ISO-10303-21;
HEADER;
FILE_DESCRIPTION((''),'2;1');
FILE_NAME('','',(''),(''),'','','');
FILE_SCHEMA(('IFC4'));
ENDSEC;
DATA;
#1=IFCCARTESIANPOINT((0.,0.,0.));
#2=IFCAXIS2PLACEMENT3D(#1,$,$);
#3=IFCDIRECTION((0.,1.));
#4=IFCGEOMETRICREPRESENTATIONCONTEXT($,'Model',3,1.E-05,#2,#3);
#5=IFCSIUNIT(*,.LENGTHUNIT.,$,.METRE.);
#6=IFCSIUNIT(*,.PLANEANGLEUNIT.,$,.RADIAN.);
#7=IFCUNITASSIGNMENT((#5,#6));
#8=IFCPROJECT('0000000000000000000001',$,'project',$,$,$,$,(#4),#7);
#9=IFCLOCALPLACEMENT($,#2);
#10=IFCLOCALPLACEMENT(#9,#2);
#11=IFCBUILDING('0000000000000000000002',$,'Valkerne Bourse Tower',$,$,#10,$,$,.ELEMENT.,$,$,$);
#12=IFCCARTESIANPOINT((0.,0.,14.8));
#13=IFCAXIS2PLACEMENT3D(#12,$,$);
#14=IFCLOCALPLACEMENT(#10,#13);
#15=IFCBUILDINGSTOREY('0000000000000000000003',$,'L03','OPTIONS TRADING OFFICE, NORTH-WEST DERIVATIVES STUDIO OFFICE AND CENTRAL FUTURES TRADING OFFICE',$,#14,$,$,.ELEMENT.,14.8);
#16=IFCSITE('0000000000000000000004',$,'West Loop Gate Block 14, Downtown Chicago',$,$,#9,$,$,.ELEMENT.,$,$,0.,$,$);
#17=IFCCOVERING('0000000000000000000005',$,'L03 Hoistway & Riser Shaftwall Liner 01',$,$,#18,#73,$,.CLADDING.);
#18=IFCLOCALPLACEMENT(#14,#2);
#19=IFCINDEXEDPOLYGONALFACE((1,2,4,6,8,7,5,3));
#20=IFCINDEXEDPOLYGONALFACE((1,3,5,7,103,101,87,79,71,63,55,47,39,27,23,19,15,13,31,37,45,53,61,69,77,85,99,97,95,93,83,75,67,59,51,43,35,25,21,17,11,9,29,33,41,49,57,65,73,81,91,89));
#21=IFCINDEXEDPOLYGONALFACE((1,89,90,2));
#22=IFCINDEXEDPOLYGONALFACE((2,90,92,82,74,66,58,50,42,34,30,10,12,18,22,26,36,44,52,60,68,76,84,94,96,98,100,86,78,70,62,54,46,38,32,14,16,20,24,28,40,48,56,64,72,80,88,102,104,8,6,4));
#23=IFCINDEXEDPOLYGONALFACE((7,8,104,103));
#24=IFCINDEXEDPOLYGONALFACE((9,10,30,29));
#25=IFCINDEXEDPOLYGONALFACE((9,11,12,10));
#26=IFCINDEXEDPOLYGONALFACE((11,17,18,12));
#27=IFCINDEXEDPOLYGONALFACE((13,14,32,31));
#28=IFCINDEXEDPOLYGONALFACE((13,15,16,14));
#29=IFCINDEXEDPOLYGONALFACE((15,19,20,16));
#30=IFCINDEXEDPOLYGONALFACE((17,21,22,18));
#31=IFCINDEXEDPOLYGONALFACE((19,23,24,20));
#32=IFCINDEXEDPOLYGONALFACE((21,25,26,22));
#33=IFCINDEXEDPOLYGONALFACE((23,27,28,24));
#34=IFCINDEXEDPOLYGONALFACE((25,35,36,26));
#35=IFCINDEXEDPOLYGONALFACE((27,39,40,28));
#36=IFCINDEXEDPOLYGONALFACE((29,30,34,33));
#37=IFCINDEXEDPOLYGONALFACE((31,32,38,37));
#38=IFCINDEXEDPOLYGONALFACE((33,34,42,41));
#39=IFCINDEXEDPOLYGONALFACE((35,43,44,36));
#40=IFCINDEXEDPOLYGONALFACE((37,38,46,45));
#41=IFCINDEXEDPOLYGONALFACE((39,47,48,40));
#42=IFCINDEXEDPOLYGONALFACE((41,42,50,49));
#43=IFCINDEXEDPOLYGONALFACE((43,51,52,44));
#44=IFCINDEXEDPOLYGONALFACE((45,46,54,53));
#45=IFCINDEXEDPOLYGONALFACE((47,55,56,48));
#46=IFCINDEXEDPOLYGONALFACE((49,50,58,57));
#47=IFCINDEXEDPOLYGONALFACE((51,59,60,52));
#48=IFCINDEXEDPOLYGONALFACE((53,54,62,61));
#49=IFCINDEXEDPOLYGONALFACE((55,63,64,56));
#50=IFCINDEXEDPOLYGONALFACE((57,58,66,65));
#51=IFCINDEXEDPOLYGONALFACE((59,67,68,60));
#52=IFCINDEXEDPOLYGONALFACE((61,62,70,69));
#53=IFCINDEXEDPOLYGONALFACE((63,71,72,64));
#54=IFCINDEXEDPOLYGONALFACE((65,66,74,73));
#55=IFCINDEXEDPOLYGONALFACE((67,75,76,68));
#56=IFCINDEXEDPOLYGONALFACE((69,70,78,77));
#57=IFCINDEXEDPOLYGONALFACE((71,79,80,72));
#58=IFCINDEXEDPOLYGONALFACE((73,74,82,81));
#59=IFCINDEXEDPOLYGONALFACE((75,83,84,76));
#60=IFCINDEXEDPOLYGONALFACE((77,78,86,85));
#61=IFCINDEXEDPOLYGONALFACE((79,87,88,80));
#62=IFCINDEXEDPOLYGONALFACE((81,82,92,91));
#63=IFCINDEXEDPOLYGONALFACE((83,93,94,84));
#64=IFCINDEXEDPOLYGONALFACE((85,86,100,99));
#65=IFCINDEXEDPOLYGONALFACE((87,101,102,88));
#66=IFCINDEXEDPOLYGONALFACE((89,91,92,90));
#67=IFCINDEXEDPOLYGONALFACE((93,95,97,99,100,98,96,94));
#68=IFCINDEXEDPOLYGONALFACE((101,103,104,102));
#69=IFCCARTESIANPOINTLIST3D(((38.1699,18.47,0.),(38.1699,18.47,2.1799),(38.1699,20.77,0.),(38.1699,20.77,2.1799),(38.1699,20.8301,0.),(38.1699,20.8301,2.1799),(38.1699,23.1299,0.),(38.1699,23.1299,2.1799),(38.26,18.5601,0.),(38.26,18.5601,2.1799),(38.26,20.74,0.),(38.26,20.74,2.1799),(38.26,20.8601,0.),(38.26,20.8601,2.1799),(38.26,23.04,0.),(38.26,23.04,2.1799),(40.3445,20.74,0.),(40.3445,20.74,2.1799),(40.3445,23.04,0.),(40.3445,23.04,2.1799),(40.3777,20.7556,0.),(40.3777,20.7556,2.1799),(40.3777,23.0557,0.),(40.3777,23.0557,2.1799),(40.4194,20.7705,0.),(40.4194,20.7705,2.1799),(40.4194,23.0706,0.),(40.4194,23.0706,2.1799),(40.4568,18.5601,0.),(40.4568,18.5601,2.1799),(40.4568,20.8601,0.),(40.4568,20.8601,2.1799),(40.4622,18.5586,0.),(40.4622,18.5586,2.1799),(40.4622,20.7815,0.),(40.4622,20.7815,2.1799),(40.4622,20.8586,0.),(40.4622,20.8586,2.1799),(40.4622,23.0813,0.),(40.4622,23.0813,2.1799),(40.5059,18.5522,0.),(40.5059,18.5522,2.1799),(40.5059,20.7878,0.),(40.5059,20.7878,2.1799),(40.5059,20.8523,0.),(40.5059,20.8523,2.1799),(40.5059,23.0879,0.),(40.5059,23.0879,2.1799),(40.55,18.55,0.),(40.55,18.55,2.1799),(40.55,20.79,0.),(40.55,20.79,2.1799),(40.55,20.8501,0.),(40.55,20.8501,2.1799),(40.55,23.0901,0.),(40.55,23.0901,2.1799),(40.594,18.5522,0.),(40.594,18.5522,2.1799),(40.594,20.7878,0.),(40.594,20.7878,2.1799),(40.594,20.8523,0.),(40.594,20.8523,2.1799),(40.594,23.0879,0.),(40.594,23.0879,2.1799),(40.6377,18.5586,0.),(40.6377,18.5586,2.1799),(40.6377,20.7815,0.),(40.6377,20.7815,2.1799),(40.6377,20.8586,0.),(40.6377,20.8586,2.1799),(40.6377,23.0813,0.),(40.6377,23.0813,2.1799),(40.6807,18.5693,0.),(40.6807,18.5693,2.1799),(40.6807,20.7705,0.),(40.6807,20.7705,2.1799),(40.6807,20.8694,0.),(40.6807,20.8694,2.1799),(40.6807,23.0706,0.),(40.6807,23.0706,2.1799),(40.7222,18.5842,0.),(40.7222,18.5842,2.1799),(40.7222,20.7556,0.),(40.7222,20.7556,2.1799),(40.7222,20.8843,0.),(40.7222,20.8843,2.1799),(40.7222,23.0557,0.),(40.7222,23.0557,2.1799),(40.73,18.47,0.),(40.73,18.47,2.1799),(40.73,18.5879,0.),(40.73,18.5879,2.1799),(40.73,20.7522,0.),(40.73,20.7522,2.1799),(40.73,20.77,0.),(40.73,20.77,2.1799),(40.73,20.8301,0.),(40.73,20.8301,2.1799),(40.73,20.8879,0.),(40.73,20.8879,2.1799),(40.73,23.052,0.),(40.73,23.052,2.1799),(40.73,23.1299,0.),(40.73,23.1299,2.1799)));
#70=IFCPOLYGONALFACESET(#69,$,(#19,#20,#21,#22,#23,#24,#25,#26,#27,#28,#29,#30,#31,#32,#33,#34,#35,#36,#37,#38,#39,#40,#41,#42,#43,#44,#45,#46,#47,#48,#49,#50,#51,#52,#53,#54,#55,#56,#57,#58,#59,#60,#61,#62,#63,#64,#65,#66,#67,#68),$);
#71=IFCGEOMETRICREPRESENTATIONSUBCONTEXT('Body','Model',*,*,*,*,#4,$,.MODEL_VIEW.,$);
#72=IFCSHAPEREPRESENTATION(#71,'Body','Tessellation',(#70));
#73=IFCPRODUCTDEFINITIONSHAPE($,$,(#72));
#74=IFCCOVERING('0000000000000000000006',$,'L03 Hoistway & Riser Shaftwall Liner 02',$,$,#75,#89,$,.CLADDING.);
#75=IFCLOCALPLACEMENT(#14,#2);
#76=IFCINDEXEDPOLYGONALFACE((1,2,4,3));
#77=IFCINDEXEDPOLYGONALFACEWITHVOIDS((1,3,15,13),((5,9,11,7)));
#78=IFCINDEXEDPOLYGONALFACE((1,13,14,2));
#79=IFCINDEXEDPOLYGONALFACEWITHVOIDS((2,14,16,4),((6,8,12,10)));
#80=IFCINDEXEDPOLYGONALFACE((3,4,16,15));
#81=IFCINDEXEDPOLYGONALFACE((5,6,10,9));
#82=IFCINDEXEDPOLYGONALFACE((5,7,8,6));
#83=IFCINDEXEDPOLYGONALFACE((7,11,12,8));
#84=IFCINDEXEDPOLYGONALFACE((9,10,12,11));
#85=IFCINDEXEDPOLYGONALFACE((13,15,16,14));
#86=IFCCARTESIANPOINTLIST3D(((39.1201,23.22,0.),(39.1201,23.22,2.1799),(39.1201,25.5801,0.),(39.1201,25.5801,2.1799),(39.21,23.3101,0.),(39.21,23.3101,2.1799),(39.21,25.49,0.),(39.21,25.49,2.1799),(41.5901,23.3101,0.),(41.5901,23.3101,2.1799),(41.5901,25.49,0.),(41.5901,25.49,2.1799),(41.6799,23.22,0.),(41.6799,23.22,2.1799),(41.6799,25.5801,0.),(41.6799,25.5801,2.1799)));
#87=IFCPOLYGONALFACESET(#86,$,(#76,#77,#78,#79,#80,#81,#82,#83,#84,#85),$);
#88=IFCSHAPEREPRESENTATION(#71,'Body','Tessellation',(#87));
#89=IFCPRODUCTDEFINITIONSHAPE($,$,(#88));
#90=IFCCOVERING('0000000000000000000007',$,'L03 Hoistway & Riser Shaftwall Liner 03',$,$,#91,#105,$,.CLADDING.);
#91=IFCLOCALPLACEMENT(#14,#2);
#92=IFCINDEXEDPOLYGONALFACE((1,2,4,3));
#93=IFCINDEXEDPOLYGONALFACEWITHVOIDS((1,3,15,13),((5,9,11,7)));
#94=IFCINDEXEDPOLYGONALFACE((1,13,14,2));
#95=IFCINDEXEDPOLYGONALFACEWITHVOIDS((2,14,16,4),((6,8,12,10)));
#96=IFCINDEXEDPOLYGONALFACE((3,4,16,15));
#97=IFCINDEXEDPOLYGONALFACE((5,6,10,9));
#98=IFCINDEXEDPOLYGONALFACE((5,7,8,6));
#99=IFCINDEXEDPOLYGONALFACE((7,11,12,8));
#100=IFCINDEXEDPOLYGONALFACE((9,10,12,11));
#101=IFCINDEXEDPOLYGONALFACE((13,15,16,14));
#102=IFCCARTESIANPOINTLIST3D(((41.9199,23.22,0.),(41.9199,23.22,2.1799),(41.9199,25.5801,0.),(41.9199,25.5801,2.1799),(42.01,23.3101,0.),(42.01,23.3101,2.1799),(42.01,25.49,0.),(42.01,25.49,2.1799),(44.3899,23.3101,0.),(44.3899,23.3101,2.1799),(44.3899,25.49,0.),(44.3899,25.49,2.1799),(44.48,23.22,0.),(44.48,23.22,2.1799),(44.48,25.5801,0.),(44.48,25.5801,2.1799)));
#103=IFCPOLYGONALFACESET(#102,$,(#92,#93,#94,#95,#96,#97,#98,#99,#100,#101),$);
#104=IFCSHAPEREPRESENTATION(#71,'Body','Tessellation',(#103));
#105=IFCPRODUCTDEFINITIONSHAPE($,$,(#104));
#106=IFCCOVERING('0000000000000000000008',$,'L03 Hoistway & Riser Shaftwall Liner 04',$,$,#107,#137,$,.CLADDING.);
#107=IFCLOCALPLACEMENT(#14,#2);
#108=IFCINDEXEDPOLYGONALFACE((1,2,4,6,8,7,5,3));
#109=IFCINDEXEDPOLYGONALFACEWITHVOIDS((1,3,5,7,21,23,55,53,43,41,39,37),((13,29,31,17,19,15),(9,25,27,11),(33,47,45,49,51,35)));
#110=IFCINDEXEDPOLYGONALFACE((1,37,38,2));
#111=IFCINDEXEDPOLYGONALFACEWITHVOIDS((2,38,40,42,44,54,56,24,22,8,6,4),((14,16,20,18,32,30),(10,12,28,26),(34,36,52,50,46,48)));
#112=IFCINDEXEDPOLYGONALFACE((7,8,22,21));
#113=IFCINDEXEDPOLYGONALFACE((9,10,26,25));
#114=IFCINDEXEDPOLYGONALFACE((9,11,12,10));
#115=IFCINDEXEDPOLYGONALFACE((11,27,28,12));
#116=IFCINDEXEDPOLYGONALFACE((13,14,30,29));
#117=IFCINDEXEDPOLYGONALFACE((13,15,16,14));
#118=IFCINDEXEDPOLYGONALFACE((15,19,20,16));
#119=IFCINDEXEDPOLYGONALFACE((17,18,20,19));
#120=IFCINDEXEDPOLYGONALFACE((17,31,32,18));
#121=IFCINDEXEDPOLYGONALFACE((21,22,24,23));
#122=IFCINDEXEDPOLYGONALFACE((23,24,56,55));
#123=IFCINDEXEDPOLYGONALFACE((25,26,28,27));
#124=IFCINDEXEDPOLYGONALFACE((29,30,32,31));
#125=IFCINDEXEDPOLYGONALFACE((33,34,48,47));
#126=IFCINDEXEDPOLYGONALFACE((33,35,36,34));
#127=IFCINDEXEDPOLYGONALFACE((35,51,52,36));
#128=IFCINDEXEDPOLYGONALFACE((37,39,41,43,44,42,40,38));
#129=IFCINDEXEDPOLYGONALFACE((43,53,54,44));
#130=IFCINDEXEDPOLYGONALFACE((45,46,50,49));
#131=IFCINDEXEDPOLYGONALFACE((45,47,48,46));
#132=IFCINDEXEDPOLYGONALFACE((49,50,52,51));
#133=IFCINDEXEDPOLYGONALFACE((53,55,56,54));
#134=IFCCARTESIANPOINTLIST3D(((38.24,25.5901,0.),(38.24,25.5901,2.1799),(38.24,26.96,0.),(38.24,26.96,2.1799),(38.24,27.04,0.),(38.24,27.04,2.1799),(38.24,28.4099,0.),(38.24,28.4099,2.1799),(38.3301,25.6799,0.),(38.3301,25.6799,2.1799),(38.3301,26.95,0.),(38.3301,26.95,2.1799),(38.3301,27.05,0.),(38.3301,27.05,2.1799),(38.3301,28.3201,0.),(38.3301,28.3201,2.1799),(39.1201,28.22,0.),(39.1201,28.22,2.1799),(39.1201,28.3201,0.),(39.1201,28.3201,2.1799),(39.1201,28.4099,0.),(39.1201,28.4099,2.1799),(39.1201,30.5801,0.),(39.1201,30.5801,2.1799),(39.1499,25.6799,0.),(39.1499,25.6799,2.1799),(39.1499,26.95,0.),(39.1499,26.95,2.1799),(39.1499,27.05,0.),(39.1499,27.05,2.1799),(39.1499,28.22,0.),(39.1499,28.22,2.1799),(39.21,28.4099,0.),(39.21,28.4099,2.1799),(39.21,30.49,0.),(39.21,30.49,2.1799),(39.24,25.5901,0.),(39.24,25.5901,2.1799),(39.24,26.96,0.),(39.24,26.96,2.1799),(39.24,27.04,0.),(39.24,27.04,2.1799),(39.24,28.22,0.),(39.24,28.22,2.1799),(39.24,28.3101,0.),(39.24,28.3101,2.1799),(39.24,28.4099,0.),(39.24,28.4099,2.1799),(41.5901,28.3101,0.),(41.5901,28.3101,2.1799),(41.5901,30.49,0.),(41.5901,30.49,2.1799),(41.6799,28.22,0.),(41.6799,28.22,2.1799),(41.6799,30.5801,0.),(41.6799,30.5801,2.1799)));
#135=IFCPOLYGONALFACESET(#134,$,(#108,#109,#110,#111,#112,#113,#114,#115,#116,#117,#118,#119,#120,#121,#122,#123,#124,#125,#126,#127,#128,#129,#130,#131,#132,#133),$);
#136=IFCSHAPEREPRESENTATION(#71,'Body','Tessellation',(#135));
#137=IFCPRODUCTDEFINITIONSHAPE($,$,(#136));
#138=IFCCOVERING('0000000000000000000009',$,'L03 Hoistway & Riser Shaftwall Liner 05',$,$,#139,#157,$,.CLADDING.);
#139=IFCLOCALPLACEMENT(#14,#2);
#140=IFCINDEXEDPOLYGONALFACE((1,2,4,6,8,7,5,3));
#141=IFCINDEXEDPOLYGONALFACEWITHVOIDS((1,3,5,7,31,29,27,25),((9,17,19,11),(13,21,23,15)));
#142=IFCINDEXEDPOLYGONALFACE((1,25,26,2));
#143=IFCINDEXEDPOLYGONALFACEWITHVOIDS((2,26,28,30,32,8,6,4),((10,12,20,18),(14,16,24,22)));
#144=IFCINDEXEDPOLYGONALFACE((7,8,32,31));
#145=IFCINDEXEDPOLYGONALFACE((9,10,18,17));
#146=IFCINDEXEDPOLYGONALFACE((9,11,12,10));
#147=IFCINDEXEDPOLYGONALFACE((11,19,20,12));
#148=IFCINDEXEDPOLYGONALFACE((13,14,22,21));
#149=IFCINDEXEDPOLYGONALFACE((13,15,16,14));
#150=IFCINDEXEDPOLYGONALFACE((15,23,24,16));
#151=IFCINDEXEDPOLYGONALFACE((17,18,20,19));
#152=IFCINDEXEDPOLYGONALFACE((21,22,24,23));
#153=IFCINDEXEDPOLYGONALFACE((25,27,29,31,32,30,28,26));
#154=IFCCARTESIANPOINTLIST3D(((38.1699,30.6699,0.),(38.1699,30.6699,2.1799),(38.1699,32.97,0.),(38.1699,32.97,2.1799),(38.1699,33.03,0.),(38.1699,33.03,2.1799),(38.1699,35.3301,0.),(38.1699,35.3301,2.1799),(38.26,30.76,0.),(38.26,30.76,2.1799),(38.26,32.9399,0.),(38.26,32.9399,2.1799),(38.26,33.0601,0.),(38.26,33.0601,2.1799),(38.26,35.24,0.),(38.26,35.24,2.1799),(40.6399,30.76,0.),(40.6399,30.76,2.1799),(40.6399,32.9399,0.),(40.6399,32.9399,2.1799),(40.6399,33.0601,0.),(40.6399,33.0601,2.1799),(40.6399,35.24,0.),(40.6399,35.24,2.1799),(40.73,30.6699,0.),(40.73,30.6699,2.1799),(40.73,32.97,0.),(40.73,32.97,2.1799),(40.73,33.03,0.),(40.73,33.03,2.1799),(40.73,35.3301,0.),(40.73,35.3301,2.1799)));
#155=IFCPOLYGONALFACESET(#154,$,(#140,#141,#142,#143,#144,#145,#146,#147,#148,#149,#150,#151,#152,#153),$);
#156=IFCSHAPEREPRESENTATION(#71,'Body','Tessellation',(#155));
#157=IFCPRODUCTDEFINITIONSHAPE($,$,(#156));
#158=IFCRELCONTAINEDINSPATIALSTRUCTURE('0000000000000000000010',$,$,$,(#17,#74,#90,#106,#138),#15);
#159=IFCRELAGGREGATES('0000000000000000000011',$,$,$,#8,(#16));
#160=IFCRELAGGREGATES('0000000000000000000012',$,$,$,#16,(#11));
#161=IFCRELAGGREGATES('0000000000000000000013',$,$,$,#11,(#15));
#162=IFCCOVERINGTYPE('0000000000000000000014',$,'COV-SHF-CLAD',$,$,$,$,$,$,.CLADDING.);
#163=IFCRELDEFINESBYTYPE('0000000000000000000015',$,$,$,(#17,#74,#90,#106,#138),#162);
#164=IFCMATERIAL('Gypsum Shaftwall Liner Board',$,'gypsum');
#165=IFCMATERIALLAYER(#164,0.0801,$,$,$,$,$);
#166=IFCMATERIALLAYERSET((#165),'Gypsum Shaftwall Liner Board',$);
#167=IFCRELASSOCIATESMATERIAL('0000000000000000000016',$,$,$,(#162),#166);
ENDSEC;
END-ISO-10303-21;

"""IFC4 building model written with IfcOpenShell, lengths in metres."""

from ifc_helpers import new_model, si_unit, direction, frame, origin, place, context, subcontext, project, spatial, polyline, outline, extrude, material, layer, layer_set, type_object, element, save


model = new_model("IFC4")

# Units and contexts
model_context = context("Model", 3, precision=1e-05, world=origin(), true_north=direction((0.0, 1.0)))
body_context = subcontext(model_context, "Body", "Model", "MODEL_VIEW")
ifc_project = project(units=[si_unit("LENGTHUNIT", "METRE"), si_unit("PLANEANGLEUNIT", "RADIAN")], contexts=[model_context])

# Site, building, storey
site_placement = place(None, origin())
site = spatial("IfcSite", under=ifc_project, at=site_placement, Name="West Loop Gate Block 14, Downtown Chicago", CompositionType="ELEMENT", RefElevation=0.0)
building_placement = place(site_placement, origin())
building = spatial("IfcBuilding", under=site, at=building_placement, Name="Valkerne Bourse Tower", CompositionType="ELEMENT")
storey_placement = place(building_placement, frame((0.0, 0.0, 14.8)))
storey = spatial("IfcBuildingStorey", under=building, at=storey_placement, Name="L03", Description="OPTIONS TRADING OFFICE, NORTH-WEST DERIVATIVES STUDIO OFFICE AND CENTRAL FUTURES TRADING OFFICE", CompositionType="ELEMENT", Elevation=14.8)

# Coverings
ifc_material_1 = material(Name="Gypsum Shaftwall Liner Board", Category="gypsum")
ifc_layer_1 = layer(ifc_material_1, 0.0801)
ifc_layer_set_1 = layer_set([ifc_layer_1], Name="Gypsum Shaftwall Liner Board")
covering_type_1 = type_object("IfcCoveringType", Name="COV-SHF-CLAD", PredefinedType="CLADDING", material=ifc_layer_set_1)
covering_1_placement = place(storey_placement, origin())
element("IfcCovering", 1, at=covering_1_placement, inside=storey, type_object=covering_type_1, Name="L03 Hoistway & Riser Shaftwall Liner 01", PredefinedType="CLADDING", context=body_context, shape_type="SweptSolid", body=[
    extrude(outline(polyline([(38.1699, 23.1299), (40.73, 23.1299), (40.73, 23.052), (40.7222, 23.0557), (40.6807, 23.0706), (40.6377, 23.0813), (40.594, 23.0879), (40.55, 23.0901), (40.5059, 23.0879), (40.4622, 23.0813), (40.4194, 23.0706), (40.3777, 23.0557), (40.3445, 23.04), (38.26, 23.04), (38.26, 20.8601), (40.4568, 20.8601), (40.4622, 20.8586), (40.5059, 20.8523), (40.55, 20.8501), (40.594, 20.8523), (40.6377, 20.8586), (40.6807, 20.8694), (40.7222, 20.8843), (40.73, 20.8879), (40.73, 20.8301), (40.73, 20.77), (40.73, 20.7522), (40.7222, 20.7556), (40.6807, 20.7705), (40.6377, 20.7815), (40.594, 20.7878), (40.55, 20.79), (40.5059, 20.7878), (40.4622, 20.7815), (40.4194, 20.7705), (40.3777, 20.7556), (40.3445, 20.74), (38.26, 20.74), (38.26, 18.5601), (40.4568, 18.5601), (40.4622, 18.5586), (40.5059, 18.5522), (40.55, 18.55), (40.594, 18.5522), (40.6377, 18.5586), (40.6807, 18.5693), (40.7222, 18.5842), (40.73, 18.5879), (40.73, 18.47), (38.1699, 18.47), (38.1699, 20.77), (38.1699, 20.8301), (38.1699, 23.1299)])), origin(), (0.0, 0.0, 1.0), 2.1799),
])
covering_2_placement = place(storey_placement, origin())
element("IfcCovering", 2, at=covering_2_placement, inside=storey, type_object=covering_type_1, Name="L03 Hoistway & Riser Shaftwall Liner 02", PredefinedType="CLADDING", context=body_context, shape_type="SweptSolid", body=[
    extrude(outline(polyline([(41.6799, 23.22), (39.1201, 23.22), (39.1201, 25.5801), (41.6799, 25.5801), (41.6799, 23.22)]), holes=[polyline([(39.21, 25.49), (39.21, 23.3101), (41.5901, 23.3101), (41.5901, 25.49), (39.21, 25.49)])]), origin(), (0.0, 0.0, 1.0), 2.1799),
])
covering_3_placement = place(storey_placement, origin())
element("IfcCovering", 3, at=covering_3_placement, inside=storey, type_object=covering_type_1, Name="L03 Hoistway & Riser Shaftwall Liner 03", PredefinedType="CLADDING", context=body_context, shape_type="SweptSolid", body=[
    extrude(outline(polyline([(44.48, 23.22), (41.9199, 23.22), (41.9199, 25.5801), (44.48, 25.5801), (44.48, 23.22)]), holes=[polyline([(42.01, 25.49), (42.01, 23.3101), (44.3899, 23.3101), (44.3899, 25.49), (42.01, 25.49)])]), origin(), (0.0, 0.0, 1.0), 2.1799),
])
covering_4_placement = place(storey_placement, origin())
element("IfcCovering", 4, at=covering_4_placement, inside=storey, type_object=covering_type_1, Name="L03 Hoistway & Riser Shaftwall Liner 04", PredefinedType="CLADDING", context=body_context, shape_type="SweptSolid", body=[
    extrude(outline(polyline([(38.24, 28.4099), (39.1201, 28.4099), (39.1201, 30.5801), (41.6799, 30.5801), (41.6799, 28.22), (39.24, 28.22), (39.24, 27.04), (39.24, 26.96), (39.24, 25.5901), (38.24, 25.5901), (38.24, 26.96), (38.24, 27.04), (38.24, 28.4099)]), holes=[polyline([(39.21, 30.49), (39.21, 28.4099), (39.24, 28.4099), (39.24, 28.3101), (41.5901, 28.3101), (41.5901, 30.49), (39.21, 30.49)]), polyline([(38.3301, 26.95), (38.3301, 25.6799), (39.1499, 25.6799), (39.1499, 26.95), (38.3301, 26.95)]), polyline([(39.1201, 28.22), (39.1201, 28.3201), (38.3301, 28.3201), (38.3301, 27.05), (39.1499, 27.05), (39.1499, 28.22), (39.1201, 28.22)])]), origin(), (0.0, 0.0, 1.0), 2.1799),
])
covering_5_placement = place(storey_placement, origin())
element("IfcCovering", 5, at=covering_5_placement, inside=storey, type_object=covering_type_1, Name="L03 Hoistway & Riser Shaftwall Liner 05", PredefinedType="CLADDING", context=body_context, shape_type="SweptSolid", body=[
    extrude(outline(polyline([(38.1699, 35.3301), (40.73, 35.3301), (40.73, 33.03), (40.73, 32.97), (40.73, 30.6699), (38.1699, 30.6699), (38.1699, 32.97), (38.1699, 33.03), (38.1699, 35.3301)]), holes=[polyline([(38.26, 32.9399), (38.26, 30.76), (40.6399, 30.76), (40.6399, 32.9399), (38.26, 32.9399)]), polyline([(38.26, 35.24), (38.26, 33.0601), (40.6399, 33.0601), (40.6399, 35.24), (38.26, 35.24)])]), origin(), (0.0, 0.0, 1.0), 2.1799),
])

save(model, "model.ifc")
